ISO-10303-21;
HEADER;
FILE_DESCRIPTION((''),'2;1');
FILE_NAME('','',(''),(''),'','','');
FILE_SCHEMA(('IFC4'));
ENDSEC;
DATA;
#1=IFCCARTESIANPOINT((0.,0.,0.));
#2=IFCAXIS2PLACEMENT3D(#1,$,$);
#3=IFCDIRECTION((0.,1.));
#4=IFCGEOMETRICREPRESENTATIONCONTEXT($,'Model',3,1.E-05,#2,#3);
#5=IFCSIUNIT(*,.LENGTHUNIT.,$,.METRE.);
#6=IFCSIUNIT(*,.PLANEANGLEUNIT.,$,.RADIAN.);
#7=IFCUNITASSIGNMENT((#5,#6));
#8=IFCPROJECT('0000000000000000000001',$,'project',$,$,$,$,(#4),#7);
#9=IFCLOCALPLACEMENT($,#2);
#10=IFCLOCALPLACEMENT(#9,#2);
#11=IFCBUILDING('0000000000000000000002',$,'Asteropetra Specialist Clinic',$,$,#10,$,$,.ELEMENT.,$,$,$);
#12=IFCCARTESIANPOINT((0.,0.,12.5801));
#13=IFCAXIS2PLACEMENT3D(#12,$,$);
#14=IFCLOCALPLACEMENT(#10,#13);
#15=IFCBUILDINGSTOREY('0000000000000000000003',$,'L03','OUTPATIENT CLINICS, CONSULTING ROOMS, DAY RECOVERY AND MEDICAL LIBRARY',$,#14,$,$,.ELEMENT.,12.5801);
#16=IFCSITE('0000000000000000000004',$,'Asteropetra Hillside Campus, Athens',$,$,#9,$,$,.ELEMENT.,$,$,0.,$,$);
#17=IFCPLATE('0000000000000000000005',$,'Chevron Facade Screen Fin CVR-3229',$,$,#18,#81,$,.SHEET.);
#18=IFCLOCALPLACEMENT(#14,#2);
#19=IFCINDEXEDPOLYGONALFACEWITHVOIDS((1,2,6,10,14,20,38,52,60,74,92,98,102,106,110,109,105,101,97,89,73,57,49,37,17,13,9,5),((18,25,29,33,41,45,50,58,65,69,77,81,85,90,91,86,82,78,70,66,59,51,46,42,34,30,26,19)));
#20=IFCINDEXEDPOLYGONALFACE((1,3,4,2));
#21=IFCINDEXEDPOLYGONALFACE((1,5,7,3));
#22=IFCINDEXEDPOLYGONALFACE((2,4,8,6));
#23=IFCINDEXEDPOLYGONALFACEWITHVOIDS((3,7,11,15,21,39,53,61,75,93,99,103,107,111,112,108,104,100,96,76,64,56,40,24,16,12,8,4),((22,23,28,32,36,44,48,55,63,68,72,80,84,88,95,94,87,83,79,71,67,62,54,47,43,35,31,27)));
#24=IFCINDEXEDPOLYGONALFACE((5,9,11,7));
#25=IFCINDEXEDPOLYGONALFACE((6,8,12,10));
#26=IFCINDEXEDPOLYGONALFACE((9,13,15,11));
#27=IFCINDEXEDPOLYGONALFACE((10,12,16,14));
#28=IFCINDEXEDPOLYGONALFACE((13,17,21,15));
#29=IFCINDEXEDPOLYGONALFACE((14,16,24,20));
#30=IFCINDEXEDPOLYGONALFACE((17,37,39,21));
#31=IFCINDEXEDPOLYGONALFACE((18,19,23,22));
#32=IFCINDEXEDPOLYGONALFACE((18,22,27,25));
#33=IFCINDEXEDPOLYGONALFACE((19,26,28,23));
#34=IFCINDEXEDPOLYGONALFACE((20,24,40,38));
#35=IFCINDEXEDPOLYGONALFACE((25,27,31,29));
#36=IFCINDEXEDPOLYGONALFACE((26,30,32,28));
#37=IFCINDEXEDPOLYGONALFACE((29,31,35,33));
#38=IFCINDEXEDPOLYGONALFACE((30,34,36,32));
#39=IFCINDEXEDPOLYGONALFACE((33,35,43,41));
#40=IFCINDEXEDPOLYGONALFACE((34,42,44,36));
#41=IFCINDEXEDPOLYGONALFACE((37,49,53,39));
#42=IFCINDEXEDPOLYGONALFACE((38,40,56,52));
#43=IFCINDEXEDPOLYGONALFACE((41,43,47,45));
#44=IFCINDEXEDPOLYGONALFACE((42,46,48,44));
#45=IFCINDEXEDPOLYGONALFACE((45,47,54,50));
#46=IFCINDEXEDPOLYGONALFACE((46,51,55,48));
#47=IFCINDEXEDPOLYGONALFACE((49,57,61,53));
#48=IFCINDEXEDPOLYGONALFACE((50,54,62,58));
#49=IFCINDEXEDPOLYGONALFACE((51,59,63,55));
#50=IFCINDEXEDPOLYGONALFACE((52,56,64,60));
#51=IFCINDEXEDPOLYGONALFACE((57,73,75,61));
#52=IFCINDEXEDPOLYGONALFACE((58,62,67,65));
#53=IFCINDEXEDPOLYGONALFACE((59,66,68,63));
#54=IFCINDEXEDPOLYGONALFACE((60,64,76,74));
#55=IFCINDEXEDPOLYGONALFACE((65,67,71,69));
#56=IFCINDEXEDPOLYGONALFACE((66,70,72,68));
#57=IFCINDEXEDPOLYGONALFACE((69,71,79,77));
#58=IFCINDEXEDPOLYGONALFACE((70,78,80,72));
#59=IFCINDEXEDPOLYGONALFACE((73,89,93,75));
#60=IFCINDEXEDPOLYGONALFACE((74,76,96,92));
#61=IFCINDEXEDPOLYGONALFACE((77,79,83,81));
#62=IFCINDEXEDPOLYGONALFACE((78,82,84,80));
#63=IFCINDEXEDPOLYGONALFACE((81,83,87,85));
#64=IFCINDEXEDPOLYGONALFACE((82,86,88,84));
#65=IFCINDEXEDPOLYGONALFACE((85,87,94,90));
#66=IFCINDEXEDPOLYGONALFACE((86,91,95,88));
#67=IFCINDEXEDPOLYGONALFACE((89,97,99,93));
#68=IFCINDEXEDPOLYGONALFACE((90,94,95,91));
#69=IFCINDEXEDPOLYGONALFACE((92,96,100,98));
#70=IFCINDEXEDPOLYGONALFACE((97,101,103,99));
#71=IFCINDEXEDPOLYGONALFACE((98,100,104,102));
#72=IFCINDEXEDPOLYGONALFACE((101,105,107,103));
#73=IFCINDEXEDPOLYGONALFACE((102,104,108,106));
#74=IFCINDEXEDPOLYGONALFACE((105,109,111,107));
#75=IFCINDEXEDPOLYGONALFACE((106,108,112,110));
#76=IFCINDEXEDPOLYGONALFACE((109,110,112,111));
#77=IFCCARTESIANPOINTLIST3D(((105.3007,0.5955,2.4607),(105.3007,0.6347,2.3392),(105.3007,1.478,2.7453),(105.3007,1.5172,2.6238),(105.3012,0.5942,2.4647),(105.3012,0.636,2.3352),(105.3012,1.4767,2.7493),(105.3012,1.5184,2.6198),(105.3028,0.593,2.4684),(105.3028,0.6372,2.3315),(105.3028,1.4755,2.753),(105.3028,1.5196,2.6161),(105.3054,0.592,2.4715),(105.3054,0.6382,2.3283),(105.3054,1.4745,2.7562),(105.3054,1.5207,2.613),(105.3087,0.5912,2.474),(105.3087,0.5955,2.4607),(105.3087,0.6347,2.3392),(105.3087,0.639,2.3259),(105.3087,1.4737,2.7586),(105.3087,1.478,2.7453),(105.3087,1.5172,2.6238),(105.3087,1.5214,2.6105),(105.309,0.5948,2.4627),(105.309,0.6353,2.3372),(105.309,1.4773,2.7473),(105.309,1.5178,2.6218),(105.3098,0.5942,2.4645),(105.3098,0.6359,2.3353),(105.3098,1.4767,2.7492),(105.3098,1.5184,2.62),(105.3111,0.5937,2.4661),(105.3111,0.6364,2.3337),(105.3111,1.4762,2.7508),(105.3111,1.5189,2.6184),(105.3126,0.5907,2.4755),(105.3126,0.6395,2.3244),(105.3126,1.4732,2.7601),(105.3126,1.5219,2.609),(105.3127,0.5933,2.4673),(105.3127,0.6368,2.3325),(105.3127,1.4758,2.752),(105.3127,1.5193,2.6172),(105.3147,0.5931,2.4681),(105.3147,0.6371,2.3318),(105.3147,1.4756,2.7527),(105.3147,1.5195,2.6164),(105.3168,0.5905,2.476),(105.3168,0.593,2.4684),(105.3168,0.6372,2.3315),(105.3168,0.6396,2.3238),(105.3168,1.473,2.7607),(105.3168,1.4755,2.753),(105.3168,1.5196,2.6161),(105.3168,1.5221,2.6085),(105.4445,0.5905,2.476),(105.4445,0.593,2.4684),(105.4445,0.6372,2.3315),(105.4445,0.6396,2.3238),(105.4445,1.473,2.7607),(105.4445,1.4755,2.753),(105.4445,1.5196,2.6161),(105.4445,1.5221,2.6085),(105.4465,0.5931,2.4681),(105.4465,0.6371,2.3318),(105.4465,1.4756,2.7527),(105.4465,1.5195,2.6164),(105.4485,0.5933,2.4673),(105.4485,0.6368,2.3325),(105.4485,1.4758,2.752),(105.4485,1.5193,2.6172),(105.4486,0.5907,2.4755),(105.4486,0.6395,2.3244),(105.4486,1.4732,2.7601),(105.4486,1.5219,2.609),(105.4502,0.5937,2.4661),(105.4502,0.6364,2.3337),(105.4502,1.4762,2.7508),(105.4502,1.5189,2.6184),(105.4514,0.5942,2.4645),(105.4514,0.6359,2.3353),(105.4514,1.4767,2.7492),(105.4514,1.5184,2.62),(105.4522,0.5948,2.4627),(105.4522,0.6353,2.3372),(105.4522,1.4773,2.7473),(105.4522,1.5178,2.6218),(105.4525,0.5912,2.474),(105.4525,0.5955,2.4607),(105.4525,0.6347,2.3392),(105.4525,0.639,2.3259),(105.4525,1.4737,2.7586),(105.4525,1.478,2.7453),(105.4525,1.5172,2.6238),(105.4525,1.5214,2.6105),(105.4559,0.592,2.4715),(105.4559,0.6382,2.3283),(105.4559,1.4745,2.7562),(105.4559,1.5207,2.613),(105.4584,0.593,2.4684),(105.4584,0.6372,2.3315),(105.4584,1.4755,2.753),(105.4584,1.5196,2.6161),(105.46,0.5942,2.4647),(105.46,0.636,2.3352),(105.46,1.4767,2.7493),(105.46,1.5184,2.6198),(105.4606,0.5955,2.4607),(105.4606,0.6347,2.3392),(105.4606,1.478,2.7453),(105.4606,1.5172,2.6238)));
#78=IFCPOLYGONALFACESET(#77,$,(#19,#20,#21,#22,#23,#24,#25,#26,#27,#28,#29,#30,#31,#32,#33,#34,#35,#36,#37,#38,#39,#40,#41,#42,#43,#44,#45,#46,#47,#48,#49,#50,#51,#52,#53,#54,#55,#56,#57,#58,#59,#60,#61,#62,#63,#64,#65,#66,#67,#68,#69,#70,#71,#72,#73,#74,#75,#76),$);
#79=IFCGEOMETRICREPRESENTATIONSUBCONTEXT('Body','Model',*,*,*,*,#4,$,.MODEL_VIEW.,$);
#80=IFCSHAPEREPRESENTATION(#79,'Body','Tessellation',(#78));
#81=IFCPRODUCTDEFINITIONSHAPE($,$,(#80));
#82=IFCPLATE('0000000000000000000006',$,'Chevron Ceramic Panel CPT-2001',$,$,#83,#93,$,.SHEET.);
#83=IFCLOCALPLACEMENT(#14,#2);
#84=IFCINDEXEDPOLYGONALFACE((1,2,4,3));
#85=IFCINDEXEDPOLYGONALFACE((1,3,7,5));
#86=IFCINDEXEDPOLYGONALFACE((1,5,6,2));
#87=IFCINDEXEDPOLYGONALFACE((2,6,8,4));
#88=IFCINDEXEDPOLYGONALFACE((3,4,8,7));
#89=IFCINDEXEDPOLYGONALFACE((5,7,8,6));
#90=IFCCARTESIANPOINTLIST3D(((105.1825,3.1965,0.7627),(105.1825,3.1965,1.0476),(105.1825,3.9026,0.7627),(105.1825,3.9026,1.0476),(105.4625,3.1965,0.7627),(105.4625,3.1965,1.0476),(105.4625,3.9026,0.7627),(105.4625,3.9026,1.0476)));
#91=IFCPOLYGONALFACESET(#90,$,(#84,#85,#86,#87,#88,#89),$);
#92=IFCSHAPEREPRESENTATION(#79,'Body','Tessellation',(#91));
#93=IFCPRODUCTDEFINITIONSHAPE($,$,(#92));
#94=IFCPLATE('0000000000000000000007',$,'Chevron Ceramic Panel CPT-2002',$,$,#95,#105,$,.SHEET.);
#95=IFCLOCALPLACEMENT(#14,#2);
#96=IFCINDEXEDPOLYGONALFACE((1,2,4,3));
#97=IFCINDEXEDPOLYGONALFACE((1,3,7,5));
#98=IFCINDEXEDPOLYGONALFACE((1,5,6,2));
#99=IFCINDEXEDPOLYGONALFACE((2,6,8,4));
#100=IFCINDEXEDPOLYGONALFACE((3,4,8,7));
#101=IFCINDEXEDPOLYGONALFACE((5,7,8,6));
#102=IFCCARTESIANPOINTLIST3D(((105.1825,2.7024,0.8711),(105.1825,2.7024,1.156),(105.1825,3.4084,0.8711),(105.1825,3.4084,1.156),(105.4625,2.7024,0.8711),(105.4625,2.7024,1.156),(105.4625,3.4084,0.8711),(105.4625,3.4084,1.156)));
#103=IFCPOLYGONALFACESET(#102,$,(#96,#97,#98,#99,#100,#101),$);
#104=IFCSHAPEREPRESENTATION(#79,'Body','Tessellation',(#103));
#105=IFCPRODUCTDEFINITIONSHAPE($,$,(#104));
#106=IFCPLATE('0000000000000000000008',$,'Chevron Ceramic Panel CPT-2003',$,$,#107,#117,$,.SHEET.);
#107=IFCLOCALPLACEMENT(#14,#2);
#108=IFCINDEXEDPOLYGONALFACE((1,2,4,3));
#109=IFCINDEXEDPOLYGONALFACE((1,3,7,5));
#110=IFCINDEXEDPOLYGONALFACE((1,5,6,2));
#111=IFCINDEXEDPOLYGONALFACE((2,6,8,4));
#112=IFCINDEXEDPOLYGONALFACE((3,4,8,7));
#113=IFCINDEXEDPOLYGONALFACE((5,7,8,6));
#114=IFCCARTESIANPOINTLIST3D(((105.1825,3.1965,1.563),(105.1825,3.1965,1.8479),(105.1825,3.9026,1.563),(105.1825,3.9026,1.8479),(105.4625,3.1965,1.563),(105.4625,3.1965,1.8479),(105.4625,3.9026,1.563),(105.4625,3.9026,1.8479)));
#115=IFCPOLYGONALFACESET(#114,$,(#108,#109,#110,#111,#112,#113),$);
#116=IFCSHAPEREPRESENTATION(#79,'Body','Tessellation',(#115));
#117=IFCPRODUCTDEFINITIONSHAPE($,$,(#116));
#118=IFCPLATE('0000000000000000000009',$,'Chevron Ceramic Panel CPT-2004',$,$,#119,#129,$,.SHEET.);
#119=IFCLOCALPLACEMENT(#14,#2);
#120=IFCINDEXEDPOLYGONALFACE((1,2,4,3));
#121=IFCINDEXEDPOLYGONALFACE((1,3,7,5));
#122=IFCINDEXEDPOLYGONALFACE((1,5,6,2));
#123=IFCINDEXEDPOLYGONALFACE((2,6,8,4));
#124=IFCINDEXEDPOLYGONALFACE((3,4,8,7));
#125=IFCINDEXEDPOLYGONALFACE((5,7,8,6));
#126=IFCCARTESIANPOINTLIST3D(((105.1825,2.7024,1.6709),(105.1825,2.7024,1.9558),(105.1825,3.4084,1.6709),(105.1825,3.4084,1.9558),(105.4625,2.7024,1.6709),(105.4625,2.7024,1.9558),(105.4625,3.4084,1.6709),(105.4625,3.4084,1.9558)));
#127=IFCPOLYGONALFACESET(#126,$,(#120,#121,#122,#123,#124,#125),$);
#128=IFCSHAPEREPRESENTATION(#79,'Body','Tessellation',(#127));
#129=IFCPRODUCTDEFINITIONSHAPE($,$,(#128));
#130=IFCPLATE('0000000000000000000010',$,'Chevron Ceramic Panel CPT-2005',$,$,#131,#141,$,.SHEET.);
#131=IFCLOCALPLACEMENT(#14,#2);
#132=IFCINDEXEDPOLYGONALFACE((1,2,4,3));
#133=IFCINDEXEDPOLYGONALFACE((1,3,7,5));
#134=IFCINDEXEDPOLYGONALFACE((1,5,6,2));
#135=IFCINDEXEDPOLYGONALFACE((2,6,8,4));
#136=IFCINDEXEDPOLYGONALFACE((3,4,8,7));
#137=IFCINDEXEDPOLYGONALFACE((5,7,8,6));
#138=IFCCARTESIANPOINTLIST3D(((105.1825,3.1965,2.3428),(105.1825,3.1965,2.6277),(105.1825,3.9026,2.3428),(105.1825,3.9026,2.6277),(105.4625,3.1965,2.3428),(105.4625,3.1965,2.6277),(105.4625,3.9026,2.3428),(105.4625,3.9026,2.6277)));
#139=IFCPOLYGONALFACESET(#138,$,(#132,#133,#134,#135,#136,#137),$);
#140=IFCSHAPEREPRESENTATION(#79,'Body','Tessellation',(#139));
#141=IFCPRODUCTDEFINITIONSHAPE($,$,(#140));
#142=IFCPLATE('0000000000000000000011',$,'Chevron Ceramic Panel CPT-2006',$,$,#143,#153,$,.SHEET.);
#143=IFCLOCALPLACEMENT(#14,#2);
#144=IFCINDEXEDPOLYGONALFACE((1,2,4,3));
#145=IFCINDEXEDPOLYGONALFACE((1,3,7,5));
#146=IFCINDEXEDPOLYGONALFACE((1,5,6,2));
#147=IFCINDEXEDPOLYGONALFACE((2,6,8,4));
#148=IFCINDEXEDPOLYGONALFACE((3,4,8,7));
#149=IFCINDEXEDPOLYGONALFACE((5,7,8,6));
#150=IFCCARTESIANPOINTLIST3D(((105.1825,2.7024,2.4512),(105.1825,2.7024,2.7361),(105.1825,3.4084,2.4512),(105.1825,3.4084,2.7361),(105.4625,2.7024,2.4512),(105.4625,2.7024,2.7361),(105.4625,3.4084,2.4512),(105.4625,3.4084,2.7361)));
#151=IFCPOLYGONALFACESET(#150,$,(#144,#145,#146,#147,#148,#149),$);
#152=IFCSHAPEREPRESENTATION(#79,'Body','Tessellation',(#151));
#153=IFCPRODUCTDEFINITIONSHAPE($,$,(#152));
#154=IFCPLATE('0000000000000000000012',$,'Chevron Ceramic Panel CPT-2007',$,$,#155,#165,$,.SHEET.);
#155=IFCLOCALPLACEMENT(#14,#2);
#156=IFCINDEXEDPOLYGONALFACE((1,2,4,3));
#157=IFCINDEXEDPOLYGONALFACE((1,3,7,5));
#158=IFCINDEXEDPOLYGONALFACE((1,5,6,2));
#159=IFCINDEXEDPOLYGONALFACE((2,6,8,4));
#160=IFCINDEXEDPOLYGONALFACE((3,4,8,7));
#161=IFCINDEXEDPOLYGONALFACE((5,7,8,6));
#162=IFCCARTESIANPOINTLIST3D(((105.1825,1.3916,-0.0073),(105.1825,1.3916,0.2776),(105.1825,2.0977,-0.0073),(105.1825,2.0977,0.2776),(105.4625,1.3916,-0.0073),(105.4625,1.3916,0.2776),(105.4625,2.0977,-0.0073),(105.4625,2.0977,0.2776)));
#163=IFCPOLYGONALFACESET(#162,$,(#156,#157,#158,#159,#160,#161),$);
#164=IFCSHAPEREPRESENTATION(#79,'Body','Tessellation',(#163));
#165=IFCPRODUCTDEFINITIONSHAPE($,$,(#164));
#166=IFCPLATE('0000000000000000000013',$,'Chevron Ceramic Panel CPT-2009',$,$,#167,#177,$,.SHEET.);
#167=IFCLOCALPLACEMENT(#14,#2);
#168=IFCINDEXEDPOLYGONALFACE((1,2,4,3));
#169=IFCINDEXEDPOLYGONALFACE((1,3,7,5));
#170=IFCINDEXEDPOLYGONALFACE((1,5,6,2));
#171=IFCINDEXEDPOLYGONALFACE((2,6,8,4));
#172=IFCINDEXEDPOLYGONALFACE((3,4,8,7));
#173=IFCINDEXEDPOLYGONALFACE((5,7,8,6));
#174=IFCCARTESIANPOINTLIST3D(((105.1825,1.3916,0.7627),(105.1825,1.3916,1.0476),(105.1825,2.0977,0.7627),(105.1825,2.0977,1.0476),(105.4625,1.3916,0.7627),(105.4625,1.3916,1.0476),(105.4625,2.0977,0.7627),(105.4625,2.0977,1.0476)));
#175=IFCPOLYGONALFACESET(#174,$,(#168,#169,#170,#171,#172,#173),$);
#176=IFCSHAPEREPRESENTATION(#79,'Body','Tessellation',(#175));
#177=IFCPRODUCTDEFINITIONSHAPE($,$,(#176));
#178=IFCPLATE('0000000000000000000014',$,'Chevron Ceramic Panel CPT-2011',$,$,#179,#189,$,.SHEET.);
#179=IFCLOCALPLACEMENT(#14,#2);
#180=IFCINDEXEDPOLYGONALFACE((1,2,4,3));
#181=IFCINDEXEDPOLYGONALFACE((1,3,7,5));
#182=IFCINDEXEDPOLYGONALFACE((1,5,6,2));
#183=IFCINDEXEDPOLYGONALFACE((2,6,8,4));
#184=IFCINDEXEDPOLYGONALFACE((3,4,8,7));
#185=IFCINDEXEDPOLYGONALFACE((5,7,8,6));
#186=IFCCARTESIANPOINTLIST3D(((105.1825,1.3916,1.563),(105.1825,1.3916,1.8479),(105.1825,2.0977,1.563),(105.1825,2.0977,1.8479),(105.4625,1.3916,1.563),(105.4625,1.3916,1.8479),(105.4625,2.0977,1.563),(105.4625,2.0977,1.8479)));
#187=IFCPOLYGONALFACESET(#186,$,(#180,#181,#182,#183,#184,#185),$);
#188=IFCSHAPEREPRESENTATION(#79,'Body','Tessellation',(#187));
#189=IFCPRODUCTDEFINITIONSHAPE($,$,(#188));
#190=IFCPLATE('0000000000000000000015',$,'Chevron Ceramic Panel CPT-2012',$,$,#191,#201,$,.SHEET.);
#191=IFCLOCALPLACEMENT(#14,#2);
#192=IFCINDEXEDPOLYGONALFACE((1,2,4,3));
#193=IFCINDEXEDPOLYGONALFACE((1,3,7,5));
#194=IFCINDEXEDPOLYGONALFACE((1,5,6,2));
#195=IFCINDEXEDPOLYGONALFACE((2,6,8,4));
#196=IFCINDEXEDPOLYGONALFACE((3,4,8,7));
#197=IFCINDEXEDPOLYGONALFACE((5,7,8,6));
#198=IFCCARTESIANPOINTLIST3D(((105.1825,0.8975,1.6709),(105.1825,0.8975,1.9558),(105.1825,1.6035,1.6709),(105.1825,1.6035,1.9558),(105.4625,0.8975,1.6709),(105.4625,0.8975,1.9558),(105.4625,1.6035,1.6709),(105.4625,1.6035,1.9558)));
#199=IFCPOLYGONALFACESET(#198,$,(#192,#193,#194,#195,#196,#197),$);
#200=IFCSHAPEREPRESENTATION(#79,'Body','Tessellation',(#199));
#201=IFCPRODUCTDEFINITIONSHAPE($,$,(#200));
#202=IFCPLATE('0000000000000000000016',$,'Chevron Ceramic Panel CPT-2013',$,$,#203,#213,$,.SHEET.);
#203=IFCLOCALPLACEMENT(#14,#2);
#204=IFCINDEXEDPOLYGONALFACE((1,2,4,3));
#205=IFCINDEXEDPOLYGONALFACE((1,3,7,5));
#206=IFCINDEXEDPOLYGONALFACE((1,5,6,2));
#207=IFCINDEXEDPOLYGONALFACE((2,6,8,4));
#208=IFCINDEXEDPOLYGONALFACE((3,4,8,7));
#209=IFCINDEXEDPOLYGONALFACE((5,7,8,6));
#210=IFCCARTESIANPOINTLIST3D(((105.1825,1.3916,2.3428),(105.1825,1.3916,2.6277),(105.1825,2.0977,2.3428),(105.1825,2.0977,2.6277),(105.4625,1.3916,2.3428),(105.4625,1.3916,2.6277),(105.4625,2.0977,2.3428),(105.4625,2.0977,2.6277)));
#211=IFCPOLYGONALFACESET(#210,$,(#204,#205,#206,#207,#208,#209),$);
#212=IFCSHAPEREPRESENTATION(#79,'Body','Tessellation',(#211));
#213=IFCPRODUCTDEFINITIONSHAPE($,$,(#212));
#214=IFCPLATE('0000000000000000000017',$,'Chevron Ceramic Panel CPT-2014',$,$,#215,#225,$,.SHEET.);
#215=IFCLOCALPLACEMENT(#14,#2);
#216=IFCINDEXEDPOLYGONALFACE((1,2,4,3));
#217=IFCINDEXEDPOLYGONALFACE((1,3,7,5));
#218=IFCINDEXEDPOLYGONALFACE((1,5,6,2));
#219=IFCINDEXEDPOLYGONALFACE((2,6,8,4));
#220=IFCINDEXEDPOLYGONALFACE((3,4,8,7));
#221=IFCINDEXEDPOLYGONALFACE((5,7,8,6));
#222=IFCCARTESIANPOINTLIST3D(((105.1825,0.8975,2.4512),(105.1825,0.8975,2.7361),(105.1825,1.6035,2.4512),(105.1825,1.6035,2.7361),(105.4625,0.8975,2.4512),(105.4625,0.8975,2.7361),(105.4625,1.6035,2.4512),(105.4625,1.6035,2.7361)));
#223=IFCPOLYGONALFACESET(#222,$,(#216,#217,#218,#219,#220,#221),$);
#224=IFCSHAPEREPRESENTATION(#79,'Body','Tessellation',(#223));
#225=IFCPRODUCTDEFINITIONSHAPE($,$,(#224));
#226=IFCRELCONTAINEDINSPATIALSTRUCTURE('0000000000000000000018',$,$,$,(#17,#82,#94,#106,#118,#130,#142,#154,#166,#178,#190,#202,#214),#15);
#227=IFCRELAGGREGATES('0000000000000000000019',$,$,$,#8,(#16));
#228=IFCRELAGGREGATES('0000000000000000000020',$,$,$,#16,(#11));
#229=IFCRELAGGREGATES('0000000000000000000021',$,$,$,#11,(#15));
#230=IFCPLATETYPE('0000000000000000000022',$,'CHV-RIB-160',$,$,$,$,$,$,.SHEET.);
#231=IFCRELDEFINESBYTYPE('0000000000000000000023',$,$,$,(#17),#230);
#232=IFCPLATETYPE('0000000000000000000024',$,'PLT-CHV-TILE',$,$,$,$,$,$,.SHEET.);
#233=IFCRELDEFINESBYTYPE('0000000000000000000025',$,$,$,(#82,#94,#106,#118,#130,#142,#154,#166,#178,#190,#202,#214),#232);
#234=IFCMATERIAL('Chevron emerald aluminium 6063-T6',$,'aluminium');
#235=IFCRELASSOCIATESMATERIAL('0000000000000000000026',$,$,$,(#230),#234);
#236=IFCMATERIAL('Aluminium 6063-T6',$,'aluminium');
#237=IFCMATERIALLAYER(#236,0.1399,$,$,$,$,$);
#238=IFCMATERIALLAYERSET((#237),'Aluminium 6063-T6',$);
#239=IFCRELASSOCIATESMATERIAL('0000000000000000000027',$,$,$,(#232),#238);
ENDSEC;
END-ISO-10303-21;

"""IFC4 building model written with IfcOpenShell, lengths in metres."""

from ifc_helpers import new_model, si_unit, direction, frame, origin, origin_2d, place, context, subcontext, project, spatial, rectangle, hollow_rectangle, extrude, material, layer, layer_set, material_profile, profile_set, type_object, element, save


model = new_model("IFC4")

# Units and contexts
model_context = context("Model", 3, precision=1e-05, world=origin(), true_north=direction((0.0, 1.0)))
body_context = subcontext(model_context, "Body", "Model", "MODEL_VIEW")
ifc_project = project(units=[si_unit("LENGTHUNIT", "METRE"), si_unit("PLANEANGLEUNIT", "RADIAN")], contexts=[model_context])

# Site, building, storey
site_placement = place(None, origin())
site = spatial("IfcSite", under=ifc_project, at=site_placement, Name="Asteropetra Hillside Campus, Athens", CompositionType="ELEMENT", RefElevation=0.0)
building_placement = place(site_placement, origin())
building = spatial("IfcBuilding", under=site, at=building_placement, Name="Asteropetra Specialist Clinic", CompositionType="ELEMENT")
storey_placement = place(building_placement, frame((0.0, 0.0, 12.5801)))
storey = spatial("IfcBuildingStorey", under=building, at=storey_placement, Name="L03", Description="OUTPATIENT CLINICS, CONSULTING ROOMS, DAY RECOVERY AND MEDICAL LIBRARY", CompositionType="ELEMENT", Elevation=12.5801)

# Plates
ifc_material_1 = material(Name="Chevron emerald aluminium 6063-T6", Category="aluminium")
ifc_material_profile = material_profile(ifc_material_1, hollow_rectangle(XDim=0.1599, YDim=0.1599, WallThickness=0.0081, InnerFilletRadius=0.0081, OuterFilletRadius=0.0161, at=origin_2d()), Name="SHS 160x160x8.0")
ifc_profile_set = profile_set([ifc_material_profile], Name="Chevron emerald aluminium 6063-T6")
plate_type_1 = type_object("IfcPlateType", Name="CHV-RIB-160", PredefinedType="SHEET", material=ifc_profile_set)
plate_1_placement = place(storey_placement, frame((105.3806, 1.4976, 2.6846), z_axis=(0.0, -0.951719, -0.306972), x_axis=(1.0, 0.0, 0.0)))
element("IfcPlate", 1, at=plate_1_placement, inside=storey, type_object=plate_type_1, Name="Chevron Facade Screen Fin CVR-3229", PredefinedType="SHEET", context=body_context, shape_type="SweptSolid", body=[
    extrude(hollow_rectangle(XDim=0.1599, YDim=0.1599, WallThickness=0.0081, InnerFilletRadius=0.0081, OuterFilletRadius=0.0161, at=origin_2d()), origin(), (0.0, 0.0, 1.0), 0.9272),
])
ifc_material_2 = material(Name="Aluminium 6063-T6", Category="aluminium")
ifc_layer_1 = layer(ifc_material_2, 0.1399)
ifc_layer_set_1 = layer_set([ifc_layer_1], Name="Aluminium 6063-T6")
plate_type_2 = type_object("IfcPlateType", Name="PLT-CHV-TILE", PredefinedType="SHEET", material=ifc_layer_set_1)
for number, where, z_axis, x_axis, name in (
    (2, (105.3225, 3.5496, 0.7627), (0.0, 0.0, 1.0), (1.0, 0.0, 0.0), "Chevron Ceramic Panel CPT-2001"),
    (3, (105.3225, 3.0554, 0.8711), (0.0, 0.0, 1.0), (1.0, 0.0, 0.0), "Chevron Ceramic Panel CPT-2002"),
    (4, (105.3225, 3.5496, 1.563), (0.0, 0.0, 1.0), (1.0, 0.0, 0.0), "Chevron Ceramic Panel CPT-2003"),
    (5, (105.3225, 3.0554, 1.6709), (0.0, 0.0, 1.0), (1.0, 0.0, 0.0), "Chevron Ceramic Panel CPT-2004"),
    (6, (105.3225, 3.5496, 2.3428), (0.0, 0.0, 1.0), (1.0, 0.0, 0.0), "Chevron Ceramic Panel CPT-2005"),
    (7, (105.3225, 3.0554, 2.4512), (0.0, 0.0, 1.0), (1.0, 0.0, 0.0), "Chevron Ceramic Panel CPT-2006"),
    (8, (105.3225, 1.7446, -0.0073), (0.0, 0.0, 1.0), (1.0, 0.0, 0.0), "Chevron Ceramic Panel CPT-2007"),
    (9, (105.3225, 1.7446, 0.7627), (0.0, 0.0, 1.0), (1.0, 0.0, 0.0), "Chevron Ceramic Panel CPT-2009"),
    (10, (105.3225, 1.7446, 1.563), (0.0, 0.0, 1.0), (1.0, 0.0, 0.0), "Chevron Ceramic Panel CPT-2011"),
    (11, (105.3225, 1.2505, 1.6709), (0.0, 0.0, 1.0), (1.0, 0.0, 0.0), "Chevron Ceramic Panel CPT-2012"),
    (12, (105.3225, 1.7446, 2.3428), (0.0, 0.0, 1.0), (1.0, 0.0, 0.0), "Chevron Ceramic Panel CPT-2013"),
    (13, (105.3225, 1.2505, 2.4512), (0.0, 0.0, 1.0), (1.0, 0.0, 0.0), "Chevron Ceramic Panel CPT-2014"),
):
    element("IfcPlate", number, at=place(storey_placement, frame(where, z_axis=z_axis, x_axis=x_axis)), inside=storey, type_object=plate_type_2, Name=name, PredefinedType="SHEET", context=body_context, shape_type="SweptSolid", body=[
        extrude(rectangle(XDim=0.28, YDim=0.7061, at=origin_2d()), origin(), (0.0, 0.0, 1.0), 0.2849),
    ])

save(model, "model.ifc")
